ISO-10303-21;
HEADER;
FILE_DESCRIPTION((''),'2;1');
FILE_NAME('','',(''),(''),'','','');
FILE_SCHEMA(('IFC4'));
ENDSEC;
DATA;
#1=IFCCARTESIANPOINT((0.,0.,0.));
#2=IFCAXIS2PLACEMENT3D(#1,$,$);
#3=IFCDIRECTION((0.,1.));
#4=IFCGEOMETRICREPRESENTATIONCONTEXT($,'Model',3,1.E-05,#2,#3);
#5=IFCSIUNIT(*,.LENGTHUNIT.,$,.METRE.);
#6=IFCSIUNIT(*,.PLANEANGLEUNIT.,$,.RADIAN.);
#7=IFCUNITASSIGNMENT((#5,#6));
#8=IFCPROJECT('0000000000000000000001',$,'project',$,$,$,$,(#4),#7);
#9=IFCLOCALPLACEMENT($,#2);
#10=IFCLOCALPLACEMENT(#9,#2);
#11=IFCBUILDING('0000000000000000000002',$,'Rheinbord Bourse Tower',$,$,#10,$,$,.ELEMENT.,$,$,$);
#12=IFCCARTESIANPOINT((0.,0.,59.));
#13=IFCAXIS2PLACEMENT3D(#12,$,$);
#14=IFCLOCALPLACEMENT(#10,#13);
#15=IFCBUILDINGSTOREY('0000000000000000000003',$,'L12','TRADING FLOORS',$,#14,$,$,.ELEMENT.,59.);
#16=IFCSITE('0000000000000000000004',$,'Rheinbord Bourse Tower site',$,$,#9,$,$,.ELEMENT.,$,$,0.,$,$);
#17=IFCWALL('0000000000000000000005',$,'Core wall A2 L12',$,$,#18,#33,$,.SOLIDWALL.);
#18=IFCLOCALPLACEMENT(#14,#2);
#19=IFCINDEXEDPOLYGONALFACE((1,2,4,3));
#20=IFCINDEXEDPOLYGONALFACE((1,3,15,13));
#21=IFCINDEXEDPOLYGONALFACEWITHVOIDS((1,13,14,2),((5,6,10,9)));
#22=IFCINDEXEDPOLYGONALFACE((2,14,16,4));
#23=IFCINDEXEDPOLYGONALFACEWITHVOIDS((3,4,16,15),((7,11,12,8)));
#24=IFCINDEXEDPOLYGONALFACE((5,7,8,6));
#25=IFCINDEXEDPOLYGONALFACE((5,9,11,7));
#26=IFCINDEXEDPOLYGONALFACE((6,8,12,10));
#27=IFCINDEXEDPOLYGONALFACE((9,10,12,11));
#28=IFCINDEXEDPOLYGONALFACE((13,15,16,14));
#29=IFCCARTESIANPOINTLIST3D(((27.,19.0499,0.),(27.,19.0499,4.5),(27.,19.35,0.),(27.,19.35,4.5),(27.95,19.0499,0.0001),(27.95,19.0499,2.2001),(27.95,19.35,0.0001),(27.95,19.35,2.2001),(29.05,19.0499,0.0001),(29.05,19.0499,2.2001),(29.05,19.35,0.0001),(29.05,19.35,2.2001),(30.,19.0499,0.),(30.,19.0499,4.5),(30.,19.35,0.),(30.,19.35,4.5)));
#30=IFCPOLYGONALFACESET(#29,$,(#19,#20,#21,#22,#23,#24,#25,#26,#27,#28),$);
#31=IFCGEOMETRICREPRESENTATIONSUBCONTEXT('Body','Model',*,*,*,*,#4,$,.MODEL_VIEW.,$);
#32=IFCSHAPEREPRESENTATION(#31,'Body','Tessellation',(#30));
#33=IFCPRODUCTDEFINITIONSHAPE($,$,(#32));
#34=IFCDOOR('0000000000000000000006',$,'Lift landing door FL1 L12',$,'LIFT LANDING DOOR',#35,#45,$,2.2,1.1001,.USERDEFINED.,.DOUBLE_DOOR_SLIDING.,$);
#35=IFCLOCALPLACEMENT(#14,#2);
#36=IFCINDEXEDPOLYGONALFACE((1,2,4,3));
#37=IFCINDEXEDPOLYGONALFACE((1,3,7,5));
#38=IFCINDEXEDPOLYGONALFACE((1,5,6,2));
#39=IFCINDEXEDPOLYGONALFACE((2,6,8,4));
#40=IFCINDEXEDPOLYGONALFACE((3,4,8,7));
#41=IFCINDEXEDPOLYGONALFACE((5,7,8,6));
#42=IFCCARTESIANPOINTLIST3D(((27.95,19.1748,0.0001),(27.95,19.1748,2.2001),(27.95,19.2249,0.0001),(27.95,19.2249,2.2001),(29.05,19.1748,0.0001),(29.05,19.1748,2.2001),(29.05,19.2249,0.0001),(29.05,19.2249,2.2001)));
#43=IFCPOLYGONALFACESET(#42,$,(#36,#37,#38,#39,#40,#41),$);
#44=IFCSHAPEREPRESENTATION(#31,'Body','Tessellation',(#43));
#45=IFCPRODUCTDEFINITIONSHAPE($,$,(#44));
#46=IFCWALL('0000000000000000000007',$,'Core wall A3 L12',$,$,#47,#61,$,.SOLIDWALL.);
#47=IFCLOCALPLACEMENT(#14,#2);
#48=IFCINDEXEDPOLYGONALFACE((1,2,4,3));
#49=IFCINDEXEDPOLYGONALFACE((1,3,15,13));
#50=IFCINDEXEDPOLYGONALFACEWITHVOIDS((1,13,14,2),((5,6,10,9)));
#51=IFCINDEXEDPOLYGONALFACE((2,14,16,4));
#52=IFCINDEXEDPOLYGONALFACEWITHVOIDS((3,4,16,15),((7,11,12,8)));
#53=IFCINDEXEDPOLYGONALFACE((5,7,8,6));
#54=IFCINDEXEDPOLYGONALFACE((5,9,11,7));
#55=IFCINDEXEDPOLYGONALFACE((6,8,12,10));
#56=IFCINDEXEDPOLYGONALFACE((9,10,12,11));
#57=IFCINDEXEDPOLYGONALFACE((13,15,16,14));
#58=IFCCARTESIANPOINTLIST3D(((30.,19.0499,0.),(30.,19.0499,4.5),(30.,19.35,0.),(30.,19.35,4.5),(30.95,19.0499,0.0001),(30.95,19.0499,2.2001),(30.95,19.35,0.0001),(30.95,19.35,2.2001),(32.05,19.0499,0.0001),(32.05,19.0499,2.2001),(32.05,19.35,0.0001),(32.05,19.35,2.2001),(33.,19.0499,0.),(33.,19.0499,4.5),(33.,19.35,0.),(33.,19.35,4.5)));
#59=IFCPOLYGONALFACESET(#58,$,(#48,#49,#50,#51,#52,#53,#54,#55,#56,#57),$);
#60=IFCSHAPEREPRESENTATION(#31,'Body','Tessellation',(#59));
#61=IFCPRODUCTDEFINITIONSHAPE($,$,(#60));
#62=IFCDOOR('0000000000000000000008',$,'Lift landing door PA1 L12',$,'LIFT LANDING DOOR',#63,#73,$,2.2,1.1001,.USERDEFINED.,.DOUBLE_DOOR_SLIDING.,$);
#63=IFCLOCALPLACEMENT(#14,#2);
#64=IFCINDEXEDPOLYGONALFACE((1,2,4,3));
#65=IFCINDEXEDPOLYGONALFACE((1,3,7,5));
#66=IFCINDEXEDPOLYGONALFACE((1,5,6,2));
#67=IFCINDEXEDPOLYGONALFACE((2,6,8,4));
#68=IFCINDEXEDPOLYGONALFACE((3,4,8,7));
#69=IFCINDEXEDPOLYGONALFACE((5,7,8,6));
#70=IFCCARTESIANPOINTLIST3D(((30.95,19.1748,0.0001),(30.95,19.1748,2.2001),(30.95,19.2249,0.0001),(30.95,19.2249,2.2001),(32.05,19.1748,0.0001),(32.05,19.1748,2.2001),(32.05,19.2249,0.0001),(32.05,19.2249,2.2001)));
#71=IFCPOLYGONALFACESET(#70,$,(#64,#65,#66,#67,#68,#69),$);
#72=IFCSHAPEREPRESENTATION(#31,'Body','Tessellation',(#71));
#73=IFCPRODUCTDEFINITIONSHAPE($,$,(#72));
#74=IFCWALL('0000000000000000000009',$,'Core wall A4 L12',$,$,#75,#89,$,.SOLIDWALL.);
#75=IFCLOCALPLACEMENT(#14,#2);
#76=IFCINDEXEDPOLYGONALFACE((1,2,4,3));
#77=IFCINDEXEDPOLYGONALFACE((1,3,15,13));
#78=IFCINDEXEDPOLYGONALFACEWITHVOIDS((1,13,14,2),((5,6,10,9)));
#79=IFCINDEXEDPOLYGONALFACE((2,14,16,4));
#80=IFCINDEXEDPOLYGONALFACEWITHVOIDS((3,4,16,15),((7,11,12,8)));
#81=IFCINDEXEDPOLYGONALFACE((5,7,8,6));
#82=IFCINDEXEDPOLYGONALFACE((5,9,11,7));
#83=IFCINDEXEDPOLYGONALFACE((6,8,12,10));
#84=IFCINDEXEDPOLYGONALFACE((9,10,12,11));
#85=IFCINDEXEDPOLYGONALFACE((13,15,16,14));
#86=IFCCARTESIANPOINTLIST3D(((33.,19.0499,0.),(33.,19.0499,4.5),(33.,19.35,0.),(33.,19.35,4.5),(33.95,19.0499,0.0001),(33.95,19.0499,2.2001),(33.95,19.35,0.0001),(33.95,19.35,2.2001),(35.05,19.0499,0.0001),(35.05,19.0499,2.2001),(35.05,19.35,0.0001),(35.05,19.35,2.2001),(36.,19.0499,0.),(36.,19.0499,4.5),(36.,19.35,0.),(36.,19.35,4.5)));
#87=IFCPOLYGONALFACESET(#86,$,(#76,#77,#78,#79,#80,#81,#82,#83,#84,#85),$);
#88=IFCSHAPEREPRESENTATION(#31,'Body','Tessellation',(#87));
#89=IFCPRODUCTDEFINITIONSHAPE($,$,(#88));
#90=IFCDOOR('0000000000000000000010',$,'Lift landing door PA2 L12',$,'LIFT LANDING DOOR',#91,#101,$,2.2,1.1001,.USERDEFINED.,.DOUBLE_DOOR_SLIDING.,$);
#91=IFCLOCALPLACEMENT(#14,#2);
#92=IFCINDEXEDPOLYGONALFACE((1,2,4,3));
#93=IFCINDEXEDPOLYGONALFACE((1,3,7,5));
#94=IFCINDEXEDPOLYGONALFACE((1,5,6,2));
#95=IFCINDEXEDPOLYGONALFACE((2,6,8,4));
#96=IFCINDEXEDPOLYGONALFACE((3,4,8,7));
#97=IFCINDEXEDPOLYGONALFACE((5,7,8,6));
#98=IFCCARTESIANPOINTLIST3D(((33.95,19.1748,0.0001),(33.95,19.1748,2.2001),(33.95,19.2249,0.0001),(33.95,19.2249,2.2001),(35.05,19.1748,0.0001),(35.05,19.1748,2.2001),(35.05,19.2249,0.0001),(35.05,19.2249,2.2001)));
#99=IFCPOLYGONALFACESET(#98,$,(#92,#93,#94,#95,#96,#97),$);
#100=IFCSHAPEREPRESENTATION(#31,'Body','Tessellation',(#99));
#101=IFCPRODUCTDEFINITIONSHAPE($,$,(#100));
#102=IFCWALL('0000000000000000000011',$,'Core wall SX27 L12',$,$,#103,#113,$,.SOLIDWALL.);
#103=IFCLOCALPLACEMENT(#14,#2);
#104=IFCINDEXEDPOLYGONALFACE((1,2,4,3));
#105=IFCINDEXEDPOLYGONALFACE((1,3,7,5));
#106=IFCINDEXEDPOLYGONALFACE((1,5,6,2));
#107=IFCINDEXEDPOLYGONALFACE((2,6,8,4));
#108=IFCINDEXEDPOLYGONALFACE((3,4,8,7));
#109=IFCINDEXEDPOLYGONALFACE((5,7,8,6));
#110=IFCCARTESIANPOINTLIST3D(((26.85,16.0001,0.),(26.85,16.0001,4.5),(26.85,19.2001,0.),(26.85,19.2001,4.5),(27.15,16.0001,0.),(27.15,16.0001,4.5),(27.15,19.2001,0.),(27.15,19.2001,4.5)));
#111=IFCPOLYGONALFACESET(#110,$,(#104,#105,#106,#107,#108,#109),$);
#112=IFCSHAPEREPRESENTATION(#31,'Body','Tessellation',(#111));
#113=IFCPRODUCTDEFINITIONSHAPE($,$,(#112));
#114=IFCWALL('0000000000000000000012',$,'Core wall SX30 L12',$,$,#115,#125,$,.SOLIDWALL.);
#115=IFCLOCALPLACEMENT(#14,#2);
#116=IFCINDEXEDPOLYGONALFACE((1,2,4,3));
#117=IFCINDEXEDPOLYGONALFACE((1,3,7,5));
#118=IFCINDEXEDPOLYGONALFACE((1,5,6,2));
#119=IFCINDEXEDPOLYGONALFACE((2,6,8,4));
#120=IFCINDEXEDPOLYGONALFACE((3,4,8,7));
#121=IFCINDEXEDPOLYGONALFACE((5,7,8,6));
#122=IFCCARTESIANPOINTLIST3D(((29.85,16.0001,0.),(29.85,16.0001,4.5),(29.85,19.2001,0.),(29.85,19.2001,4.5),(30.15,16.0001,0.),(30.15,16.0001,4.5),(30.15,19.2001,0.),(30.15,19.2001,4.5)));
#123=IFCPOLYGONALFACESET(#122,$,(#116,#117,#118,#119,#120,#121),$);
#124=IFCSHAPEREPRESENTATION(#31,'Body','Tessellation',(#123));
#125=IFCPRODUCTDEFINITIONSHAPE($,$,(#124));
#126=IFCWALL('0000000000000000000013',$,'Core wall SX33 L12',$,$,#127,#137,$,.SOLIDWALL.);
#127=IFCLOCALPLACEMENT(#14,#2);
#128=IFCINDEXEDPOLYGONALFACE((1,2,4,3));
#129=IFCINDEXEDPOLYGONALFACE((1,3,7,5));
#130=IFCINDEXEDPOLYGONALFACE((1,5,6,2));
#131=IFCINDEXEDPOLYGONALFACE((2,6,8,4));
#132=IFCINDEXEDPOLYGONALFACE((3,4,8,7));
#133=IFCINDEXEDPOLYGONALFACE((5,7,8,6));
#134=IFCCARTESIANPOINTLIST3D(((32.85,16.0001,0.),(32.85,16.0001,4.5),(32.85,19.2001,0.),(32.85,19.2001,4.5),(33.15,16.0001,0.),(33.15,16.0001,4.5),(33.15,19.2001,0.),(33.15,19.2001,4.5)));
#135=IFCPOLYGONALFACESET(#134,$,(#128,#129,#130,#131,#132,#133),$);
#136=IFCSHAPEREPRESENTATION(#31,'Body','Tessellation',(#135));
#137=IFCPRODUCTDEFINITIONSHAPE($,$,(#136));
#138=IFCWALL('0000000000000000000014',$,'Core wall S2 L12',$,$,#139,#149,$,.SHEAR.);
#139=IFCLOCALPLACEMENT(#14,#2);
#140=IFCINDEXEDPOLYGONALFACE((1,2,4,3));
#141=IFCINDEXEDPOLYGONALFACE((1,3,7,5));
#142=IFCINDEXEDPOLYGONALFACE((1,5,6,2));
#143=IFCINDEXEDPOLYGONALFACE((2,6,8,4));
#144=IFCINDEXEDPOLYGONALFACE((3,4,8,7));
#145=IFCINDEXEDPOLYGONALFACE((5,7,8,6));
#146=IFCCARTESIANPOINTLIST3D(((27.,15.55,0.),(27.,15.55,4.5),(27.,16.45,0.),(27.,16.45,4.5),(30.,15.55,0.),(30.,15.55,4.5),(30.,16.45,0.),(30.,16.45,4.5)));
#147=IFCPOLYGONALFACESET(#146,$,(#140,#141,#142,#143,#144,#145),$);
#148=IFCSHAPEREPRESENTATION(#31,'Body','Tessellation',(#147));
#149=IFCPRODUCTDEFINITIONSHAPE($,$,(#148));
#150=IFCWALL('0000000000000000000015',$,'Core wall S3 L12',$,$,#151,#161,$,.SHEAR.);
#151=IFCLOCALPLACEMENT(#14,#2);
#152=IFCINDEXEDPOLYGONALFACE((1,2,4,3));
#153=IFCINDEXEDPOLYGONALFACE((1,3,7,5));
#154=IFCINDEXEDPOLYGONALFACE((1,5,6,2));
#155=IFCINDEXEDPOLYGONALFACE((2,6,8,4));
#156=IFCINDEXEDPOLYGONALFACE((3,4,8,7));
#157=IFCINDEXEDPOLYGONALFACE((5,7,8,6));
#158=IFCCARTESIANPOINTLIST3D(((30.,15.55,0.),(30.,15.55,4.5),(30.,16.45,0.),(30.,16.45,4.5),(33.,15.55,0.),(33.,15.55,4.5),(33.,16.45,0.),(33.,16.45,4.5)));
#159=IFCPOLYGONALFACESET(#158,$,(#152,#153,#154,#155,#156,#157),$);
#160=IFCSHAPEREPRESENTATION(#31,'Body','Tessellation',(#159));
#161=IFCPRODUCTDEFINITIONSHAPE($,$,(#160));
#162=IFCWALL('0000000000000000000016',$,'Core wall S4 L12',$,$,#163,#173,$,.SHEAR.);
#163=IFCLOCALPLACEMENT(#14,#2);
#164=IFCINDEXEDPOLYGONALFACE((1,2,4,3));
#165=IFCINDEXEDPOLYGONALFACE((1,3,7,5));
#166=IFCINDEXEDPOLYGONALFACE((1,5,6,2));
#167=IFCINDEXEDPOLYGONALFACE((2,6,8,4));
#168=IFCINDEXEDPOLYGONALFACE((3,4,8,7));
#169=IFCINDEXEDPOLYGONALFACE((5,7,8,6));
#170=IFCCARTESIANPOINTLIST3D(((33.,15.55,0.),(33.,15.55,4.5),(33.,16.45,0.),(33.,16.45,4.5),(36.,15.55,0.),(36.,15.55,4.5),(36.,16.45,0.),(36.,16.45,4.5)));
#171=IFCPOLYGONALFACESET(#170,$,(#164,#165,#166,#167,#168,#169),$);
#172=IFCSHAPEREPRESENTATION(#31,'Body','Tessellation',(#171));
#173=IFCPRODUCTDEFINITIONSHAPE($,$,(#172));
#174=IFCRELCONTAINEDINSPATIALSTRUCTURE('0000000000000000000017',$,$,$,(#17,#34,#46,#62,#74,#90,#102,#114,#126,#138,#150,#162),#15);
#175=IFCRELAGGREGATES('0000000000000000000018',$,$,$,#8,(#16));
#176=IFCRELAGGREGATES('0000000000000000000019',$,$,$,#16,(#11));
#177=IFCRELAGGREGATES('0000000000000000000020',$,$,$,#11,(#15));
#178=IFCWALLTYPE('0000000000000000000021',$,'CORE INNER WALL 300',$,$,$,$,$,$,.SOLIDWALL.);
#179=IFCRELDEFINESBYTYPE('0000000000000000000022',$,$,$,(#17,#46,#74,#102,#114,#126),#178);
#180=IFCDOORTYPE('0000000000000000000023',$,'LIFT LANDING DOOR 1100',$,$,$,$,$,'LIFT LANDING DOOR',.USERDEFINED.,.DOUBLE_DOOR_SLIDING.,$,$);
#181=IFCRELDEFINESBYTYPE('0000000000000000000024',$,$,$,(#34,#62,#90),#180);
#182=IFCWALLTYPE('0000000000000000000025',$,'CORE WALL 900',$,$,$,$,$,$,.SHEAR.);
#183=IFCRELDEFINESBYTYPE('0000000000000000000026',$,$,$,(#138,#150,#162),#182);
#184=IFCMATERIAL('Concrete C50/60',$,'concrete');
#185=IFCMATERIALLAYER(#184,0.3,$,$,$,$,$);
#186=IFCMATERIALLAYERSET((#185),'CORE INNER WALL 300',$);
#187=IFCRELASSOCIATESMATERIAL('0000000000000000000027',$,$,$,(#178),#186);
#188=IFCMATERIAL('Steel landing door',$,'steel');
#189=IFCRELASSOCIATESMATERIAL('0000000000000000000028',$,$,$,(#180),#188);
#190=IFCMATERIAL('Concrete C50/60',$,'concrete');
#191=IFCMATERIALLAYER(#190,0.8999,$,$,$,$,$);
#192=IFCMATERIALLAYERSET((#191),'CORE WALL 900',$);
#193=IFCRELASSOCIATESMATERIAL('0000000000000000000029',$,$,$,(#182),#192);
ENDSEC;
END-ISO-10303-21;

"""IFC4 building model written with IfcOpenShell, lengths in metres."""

from ifc_helpers import new_model, si_unit, direction, frame, frame_2d, origin, place, context, subcontext, project, spatial, rectangle, extrude, material, layer, layer_set, type_object, element, fill, save


model = new_model("IFC4")

# Units and contexts
model_context = context("Model", 3, precision=1e-05, world=origin(), true_north=direction((0.0, 1.0)))
body_context = subcontext(model_context, "Body", "Model", "MODEL_VIEW")
ifc_project = project(units=[si_unit("LENGTHUNIT", "METRE"), si_unit("PLANEANGLEUNIT", "RADIAN")], contexts=[model_context])

# Site, building, storey
site_placement = place(None, origin())
site = spatial("IfcSite", under=ifc_project, at=site_placement, Name="Rheinbord Bourse Tower site", CompositionType="ELEMENT", RefElevation=0.0)
building_placement = place(site_placement, origin())
building = spatial("IfcBuilding", under=site, at=building_placement, Name="Rheinbord Bourse Tower", CompositionType="ELEMENT")
storey_placement = place(building_placement, frame((0.0, 0.0, 59.0)))
storey = spatial("IfcBuildingStorey", under=building, at=storey_placement, Name="L12", Description="TRADING FLOORS", CompositionType="ELEMENT", Elevation=59.0)

# Walls, openings, doors
ifc_material_1 = material(Name="Concrete C50/60", Category="concrete")
ifc_layer_1 = layer(ifc_material_1, 0.3)
ifc_layer_set_1 = layer_set([ifc_layer_1], Name="CORE INNER WALL 300")
wall_type_1 = type_object("IfcWallType", Name="CORE INNER WALL 300", PredefinedType="SOLIDWALL", material=ifc_layer_set_1)
wall_1_placement = place(storey_placement, frame((27.0, 19.2, 0.0), z_axis=(0.0, 0.0, 1.0), x_axis=(1.0, 0.0, 0.0)))
wall_1 = element("IfcWall", 1, at=wall_1_placement, inside=storey, type_object=wall_type_1, Name="Core wall A2 L12", PredefinedType="SOLIDWALL", context=body_context, shape_type="SweptSolid", body=[
    extrude(rectangle(XDim=3.0, YDim=0.3, at=frame_2d((1.5, 0.0))), origin(), (0.0, 0.0, 1.0), 4.5),
])
opening_1_placement = place(wall_1_placement, frame((0.95, 0.0, 0.0)))
opening_1 = element("IfcOpeningElement", 2, at=opening_1_placement, cuts=wall_1, PredefinedType="OPENING", context=body_context, shape_type="SweptSolid", body=[
    extrude(rectangle(XDim=1.1001, YDim=2.2, at=frame_2d((0.55, 1.1001))), frame((0.0, 0.1599, 0.0), z_axis=(0.0, -1.0, 0.0), x_axis=(1.0, 0.0, 0.0)), (0.0, 0.0, 1.0), 0.3201),
])
ifc_material_2 = material(Name="Steel landing door", Category="steel")
door_type_1 = type_object("IfcDoorType", Name="LIFT LANDING DOOR 1100", ElementType="LIFT LANDING DOOR", OperationType="DOUBLE_DOOR_SLIDING", PredefinedType="USERDEFINED", material=ifc_material_2)
door_1_placement = place(opening_1_placement, origin())
door_1 = element("IfcDoor", 3, at=door_1_placement, inside=storey, type_object=door_type_1, Name="Lift landing door FL1 L12", ObjectType="LIFT LANDING DOOR", OperationType="DOUBLE_DOOR_SLIDING", OverallHeight=2.2, OverallWidth=1.1001, PredefinedType="USERDEFINED", context=body_context, shape_type="SweptSolid", body=[
    extrude(rectangle(XDim=1.1001, YDim=2.2, at=frame_2d((0.55, 1.1001))), frame((0.0, 0.0249, 0.0), z_axis=(0.0, -1.0, 0.0), x_axis=(1.0, 0.0, 0.0)), (0.0, 0.0, 1.0), 0.05),
])
fill(opening_1, door_1)
wall_2_placement = place(storey_placement, frame((30.0, 19.2, 0.0), z_axis=(0.0, 0.0, 1.0), x_axis=(1.0, 0.0, 0.0)))
wall_2 = element("IfcWall", 4, at=wall_2_placement, inside=storey, type_object=wall_type_1, Name="Core wall A3 L12", PredefinedType="SOLIDWALL", context=body_context, shape_type="SweptSolid", body=[
    extrude(rectangle(XDim=3.0, YDim=0.3, at=frame_2d((1.5, 0.0))), origin(), (0.0, 0.0, 1.0), 4.5),
])
opening_2_placement = place(wall_2_placement, frame((0.95, 0.0, 0.0)))
opening_2 = element("IfcOpeningElement", 5, at=opening_2_placement, cuts=wall_2, PredefinedType="OPENING", context=body_context, shape_type="SweptSolid", body=[
    extrude(rectangle(XDim=1.1001, YDim=2.2, at=frame_2d((0.55, 1.1001))), frame((0.0, 0.1599, 0.0), z_axis=(0.0, -1.0, 0.0), x_axis=(1.0, 0.0, 0.0)), (0.0, 0.0, 1.0), 0.3201),
])
door_2_placement = place(opening_2_placement, origin())
door_2 = element("IfcDoor", 6, at=door_2_placement, inside=storey, type_object=door_type_1, Name="Lift landing door PA1 L12", ObjectType="LIFT LANDING DOOR", OperationType="DOUBLE_DOOR_SLIDING", OverallHeight=2.2, OverallWidth=1.1001, PredefinedType="USERDEFINED", context=body_context, shape_type="SweptSolid", body=[
    extrude(rectangle(XDim=1.1001, YDim=2.2, at=frame_2d((0.55, 1.1001))), frame((0.0, 0.0249, 0.0), z_axis=(0.0, -1.0, 0.0), x_axis=(1.0, 0.0, 0.0)), (0.0, 0.0, 1.0), 0.05),
])
fill(opening_2, door_2)
wall_3_placement = place(storey_placement, frame((33.0, 19.2, 0.0), z_axis=(0.0, 0.0, 1.0), x_axis=(1.0, 0.0, 0.0)))
wall_3 = element("IfcWall", 7, at=wall_3_placement, inside=storey, type_object=wall_type_1, Name="Core wall A4 L12", PredefinedType="SOLIDWALL", context=body_context, shape_type="SweptSolid", body=[
    extrude(rectangle(XDim=3.0, YDim=0.3, at=frame_2d((1.5, 0.0))), origin(), (0.0, 0.0, 1.0), 4.5),
])
opening_3_placement = place(wall_3_placement, frame((0.95, 0.0, 0.0)))
opening_3 = element("IfcOpeningElement", 8, at=opening_3_placement, cuts=wall_3, PredefinedType="OPENING", context=body_context, shape_type="SweptSolid", body=[
    extrude(rectangle(XDim=1.1001, YDim=2.2, at=frame_2d((0.55, 1.1001))), frame((0.0, 0.1599, 0.0), z_axis=(0.0, -1.0, 0.0), x_axis=(1.0, 0.0, 0.0)), (0.0, 0.0, 1.0), 0.3201),
])
door_3_placement = place(opening_3_placement, origin())
door_3 = element("IfcDoor", 9, at=door_3_placement, inside=storey, type_object=door_type_1, Name="Lift landing door PA2 L12", ObjectType="LIFT LANDING DOOR", OperationType="DOUBLE_DOOR_SLIDING", OverallHeight=2.2, OverallWidth=1.1001, PredefinedType="USERDEFINED", context=body_context, shape_type="SweptSolid", body=[
    extrude(rectangle(XDim=1.1001, YDim=2.2, at=frame_2d((0.55, 1.1001))), frame((0.0, 0.0249, 0.0), z_axis=(0.0, -1.0, 0.0), x_axis=(1.0, 0.0, 0.0)), (0.0, 0.0, 1.0), 0.05),
])
fill(opening_3, door_3)

# Walls
for number, where, z_axis, x_axis, name in (
    (10, (27.0, 16.0, 0.0), (0.0, 0.0, 1.0), (0.0, 1.0, 0.0), "Core wall SX27 L12"),
    (11, (30.0, 16.0, 0.0), (0.0, 0.0, 1.0), (0.0, 1.0, 0.0), "Core wall SX30 L12"),
    (12, (33.0, 16.0, 0.0), (0.0, 0.0, 1.0), (0.0, 1.0, 0.0), "Core wall SX33 L12"),
):
    element("IfcWall", number, at=place(storey_placement, frame(where, z_axis=z_axis, x_axis=x_axis)), inside=storey, type_object=wall_type_1, Name=name, PredefinedType="SOLIDWALL", context=body_context, shape_type="SweptSolid", body=[
        extrude(rectangle(XDim=3.2, YDim=0.3, at=frame_2d((1.6001, 0.0))), origin(), (0.0, 0.0, 1.0), 4.5),
    ])
ifc_material_3 = material(Name="Concrete C50/60", Category="concrete")
ifc_layer_2 = layer(ifc_material_3, 0.8999)
ifc_layer_set_2 = layer_set([ifc_layer_2], Name="CORE WALL 900")
wall_type_2 = type_object("IfcWallType", Name="CORE WALL 900", PredefinedType="SHEAR", material=ifc_layer_set_2)
for number, where, z_axis, x_axis, name in (
    (13, (27.0, 16.0, 0.0), (0.0, 0.0, 1.0), (1.0, 0.0, 0.0), "Core wall S2 L12"),
    (14, (30.0, 16.0, 0.0), (0.0, 0.0, 1.0), (1.0, 0.0, 0.0), "Core wall S3 L12"),
    (15, (33.0, 16.0, 0.0), (0.0, 0.0, 1.0), (1.0, 0.0, 0.0), "Core wall S4 L12"),
):
    element("IfcWall", number, at=place(storey_placement, frame(where, z_axis=z_axis, x_axis=x_axis)), inside=storey, type_object=wall_type_2, Name=name, PredefinedType="SHEAR", context=body_context, shape_type="SweptSolid", body=[
        extrude(rectangle(XDim=3.0, YDim=0.8999, at=frame_2d((1.5, 0.0))), origin(), (0.0, 0.0, 1.0), 4.5),
    ])

save(model, "model.ifc")
